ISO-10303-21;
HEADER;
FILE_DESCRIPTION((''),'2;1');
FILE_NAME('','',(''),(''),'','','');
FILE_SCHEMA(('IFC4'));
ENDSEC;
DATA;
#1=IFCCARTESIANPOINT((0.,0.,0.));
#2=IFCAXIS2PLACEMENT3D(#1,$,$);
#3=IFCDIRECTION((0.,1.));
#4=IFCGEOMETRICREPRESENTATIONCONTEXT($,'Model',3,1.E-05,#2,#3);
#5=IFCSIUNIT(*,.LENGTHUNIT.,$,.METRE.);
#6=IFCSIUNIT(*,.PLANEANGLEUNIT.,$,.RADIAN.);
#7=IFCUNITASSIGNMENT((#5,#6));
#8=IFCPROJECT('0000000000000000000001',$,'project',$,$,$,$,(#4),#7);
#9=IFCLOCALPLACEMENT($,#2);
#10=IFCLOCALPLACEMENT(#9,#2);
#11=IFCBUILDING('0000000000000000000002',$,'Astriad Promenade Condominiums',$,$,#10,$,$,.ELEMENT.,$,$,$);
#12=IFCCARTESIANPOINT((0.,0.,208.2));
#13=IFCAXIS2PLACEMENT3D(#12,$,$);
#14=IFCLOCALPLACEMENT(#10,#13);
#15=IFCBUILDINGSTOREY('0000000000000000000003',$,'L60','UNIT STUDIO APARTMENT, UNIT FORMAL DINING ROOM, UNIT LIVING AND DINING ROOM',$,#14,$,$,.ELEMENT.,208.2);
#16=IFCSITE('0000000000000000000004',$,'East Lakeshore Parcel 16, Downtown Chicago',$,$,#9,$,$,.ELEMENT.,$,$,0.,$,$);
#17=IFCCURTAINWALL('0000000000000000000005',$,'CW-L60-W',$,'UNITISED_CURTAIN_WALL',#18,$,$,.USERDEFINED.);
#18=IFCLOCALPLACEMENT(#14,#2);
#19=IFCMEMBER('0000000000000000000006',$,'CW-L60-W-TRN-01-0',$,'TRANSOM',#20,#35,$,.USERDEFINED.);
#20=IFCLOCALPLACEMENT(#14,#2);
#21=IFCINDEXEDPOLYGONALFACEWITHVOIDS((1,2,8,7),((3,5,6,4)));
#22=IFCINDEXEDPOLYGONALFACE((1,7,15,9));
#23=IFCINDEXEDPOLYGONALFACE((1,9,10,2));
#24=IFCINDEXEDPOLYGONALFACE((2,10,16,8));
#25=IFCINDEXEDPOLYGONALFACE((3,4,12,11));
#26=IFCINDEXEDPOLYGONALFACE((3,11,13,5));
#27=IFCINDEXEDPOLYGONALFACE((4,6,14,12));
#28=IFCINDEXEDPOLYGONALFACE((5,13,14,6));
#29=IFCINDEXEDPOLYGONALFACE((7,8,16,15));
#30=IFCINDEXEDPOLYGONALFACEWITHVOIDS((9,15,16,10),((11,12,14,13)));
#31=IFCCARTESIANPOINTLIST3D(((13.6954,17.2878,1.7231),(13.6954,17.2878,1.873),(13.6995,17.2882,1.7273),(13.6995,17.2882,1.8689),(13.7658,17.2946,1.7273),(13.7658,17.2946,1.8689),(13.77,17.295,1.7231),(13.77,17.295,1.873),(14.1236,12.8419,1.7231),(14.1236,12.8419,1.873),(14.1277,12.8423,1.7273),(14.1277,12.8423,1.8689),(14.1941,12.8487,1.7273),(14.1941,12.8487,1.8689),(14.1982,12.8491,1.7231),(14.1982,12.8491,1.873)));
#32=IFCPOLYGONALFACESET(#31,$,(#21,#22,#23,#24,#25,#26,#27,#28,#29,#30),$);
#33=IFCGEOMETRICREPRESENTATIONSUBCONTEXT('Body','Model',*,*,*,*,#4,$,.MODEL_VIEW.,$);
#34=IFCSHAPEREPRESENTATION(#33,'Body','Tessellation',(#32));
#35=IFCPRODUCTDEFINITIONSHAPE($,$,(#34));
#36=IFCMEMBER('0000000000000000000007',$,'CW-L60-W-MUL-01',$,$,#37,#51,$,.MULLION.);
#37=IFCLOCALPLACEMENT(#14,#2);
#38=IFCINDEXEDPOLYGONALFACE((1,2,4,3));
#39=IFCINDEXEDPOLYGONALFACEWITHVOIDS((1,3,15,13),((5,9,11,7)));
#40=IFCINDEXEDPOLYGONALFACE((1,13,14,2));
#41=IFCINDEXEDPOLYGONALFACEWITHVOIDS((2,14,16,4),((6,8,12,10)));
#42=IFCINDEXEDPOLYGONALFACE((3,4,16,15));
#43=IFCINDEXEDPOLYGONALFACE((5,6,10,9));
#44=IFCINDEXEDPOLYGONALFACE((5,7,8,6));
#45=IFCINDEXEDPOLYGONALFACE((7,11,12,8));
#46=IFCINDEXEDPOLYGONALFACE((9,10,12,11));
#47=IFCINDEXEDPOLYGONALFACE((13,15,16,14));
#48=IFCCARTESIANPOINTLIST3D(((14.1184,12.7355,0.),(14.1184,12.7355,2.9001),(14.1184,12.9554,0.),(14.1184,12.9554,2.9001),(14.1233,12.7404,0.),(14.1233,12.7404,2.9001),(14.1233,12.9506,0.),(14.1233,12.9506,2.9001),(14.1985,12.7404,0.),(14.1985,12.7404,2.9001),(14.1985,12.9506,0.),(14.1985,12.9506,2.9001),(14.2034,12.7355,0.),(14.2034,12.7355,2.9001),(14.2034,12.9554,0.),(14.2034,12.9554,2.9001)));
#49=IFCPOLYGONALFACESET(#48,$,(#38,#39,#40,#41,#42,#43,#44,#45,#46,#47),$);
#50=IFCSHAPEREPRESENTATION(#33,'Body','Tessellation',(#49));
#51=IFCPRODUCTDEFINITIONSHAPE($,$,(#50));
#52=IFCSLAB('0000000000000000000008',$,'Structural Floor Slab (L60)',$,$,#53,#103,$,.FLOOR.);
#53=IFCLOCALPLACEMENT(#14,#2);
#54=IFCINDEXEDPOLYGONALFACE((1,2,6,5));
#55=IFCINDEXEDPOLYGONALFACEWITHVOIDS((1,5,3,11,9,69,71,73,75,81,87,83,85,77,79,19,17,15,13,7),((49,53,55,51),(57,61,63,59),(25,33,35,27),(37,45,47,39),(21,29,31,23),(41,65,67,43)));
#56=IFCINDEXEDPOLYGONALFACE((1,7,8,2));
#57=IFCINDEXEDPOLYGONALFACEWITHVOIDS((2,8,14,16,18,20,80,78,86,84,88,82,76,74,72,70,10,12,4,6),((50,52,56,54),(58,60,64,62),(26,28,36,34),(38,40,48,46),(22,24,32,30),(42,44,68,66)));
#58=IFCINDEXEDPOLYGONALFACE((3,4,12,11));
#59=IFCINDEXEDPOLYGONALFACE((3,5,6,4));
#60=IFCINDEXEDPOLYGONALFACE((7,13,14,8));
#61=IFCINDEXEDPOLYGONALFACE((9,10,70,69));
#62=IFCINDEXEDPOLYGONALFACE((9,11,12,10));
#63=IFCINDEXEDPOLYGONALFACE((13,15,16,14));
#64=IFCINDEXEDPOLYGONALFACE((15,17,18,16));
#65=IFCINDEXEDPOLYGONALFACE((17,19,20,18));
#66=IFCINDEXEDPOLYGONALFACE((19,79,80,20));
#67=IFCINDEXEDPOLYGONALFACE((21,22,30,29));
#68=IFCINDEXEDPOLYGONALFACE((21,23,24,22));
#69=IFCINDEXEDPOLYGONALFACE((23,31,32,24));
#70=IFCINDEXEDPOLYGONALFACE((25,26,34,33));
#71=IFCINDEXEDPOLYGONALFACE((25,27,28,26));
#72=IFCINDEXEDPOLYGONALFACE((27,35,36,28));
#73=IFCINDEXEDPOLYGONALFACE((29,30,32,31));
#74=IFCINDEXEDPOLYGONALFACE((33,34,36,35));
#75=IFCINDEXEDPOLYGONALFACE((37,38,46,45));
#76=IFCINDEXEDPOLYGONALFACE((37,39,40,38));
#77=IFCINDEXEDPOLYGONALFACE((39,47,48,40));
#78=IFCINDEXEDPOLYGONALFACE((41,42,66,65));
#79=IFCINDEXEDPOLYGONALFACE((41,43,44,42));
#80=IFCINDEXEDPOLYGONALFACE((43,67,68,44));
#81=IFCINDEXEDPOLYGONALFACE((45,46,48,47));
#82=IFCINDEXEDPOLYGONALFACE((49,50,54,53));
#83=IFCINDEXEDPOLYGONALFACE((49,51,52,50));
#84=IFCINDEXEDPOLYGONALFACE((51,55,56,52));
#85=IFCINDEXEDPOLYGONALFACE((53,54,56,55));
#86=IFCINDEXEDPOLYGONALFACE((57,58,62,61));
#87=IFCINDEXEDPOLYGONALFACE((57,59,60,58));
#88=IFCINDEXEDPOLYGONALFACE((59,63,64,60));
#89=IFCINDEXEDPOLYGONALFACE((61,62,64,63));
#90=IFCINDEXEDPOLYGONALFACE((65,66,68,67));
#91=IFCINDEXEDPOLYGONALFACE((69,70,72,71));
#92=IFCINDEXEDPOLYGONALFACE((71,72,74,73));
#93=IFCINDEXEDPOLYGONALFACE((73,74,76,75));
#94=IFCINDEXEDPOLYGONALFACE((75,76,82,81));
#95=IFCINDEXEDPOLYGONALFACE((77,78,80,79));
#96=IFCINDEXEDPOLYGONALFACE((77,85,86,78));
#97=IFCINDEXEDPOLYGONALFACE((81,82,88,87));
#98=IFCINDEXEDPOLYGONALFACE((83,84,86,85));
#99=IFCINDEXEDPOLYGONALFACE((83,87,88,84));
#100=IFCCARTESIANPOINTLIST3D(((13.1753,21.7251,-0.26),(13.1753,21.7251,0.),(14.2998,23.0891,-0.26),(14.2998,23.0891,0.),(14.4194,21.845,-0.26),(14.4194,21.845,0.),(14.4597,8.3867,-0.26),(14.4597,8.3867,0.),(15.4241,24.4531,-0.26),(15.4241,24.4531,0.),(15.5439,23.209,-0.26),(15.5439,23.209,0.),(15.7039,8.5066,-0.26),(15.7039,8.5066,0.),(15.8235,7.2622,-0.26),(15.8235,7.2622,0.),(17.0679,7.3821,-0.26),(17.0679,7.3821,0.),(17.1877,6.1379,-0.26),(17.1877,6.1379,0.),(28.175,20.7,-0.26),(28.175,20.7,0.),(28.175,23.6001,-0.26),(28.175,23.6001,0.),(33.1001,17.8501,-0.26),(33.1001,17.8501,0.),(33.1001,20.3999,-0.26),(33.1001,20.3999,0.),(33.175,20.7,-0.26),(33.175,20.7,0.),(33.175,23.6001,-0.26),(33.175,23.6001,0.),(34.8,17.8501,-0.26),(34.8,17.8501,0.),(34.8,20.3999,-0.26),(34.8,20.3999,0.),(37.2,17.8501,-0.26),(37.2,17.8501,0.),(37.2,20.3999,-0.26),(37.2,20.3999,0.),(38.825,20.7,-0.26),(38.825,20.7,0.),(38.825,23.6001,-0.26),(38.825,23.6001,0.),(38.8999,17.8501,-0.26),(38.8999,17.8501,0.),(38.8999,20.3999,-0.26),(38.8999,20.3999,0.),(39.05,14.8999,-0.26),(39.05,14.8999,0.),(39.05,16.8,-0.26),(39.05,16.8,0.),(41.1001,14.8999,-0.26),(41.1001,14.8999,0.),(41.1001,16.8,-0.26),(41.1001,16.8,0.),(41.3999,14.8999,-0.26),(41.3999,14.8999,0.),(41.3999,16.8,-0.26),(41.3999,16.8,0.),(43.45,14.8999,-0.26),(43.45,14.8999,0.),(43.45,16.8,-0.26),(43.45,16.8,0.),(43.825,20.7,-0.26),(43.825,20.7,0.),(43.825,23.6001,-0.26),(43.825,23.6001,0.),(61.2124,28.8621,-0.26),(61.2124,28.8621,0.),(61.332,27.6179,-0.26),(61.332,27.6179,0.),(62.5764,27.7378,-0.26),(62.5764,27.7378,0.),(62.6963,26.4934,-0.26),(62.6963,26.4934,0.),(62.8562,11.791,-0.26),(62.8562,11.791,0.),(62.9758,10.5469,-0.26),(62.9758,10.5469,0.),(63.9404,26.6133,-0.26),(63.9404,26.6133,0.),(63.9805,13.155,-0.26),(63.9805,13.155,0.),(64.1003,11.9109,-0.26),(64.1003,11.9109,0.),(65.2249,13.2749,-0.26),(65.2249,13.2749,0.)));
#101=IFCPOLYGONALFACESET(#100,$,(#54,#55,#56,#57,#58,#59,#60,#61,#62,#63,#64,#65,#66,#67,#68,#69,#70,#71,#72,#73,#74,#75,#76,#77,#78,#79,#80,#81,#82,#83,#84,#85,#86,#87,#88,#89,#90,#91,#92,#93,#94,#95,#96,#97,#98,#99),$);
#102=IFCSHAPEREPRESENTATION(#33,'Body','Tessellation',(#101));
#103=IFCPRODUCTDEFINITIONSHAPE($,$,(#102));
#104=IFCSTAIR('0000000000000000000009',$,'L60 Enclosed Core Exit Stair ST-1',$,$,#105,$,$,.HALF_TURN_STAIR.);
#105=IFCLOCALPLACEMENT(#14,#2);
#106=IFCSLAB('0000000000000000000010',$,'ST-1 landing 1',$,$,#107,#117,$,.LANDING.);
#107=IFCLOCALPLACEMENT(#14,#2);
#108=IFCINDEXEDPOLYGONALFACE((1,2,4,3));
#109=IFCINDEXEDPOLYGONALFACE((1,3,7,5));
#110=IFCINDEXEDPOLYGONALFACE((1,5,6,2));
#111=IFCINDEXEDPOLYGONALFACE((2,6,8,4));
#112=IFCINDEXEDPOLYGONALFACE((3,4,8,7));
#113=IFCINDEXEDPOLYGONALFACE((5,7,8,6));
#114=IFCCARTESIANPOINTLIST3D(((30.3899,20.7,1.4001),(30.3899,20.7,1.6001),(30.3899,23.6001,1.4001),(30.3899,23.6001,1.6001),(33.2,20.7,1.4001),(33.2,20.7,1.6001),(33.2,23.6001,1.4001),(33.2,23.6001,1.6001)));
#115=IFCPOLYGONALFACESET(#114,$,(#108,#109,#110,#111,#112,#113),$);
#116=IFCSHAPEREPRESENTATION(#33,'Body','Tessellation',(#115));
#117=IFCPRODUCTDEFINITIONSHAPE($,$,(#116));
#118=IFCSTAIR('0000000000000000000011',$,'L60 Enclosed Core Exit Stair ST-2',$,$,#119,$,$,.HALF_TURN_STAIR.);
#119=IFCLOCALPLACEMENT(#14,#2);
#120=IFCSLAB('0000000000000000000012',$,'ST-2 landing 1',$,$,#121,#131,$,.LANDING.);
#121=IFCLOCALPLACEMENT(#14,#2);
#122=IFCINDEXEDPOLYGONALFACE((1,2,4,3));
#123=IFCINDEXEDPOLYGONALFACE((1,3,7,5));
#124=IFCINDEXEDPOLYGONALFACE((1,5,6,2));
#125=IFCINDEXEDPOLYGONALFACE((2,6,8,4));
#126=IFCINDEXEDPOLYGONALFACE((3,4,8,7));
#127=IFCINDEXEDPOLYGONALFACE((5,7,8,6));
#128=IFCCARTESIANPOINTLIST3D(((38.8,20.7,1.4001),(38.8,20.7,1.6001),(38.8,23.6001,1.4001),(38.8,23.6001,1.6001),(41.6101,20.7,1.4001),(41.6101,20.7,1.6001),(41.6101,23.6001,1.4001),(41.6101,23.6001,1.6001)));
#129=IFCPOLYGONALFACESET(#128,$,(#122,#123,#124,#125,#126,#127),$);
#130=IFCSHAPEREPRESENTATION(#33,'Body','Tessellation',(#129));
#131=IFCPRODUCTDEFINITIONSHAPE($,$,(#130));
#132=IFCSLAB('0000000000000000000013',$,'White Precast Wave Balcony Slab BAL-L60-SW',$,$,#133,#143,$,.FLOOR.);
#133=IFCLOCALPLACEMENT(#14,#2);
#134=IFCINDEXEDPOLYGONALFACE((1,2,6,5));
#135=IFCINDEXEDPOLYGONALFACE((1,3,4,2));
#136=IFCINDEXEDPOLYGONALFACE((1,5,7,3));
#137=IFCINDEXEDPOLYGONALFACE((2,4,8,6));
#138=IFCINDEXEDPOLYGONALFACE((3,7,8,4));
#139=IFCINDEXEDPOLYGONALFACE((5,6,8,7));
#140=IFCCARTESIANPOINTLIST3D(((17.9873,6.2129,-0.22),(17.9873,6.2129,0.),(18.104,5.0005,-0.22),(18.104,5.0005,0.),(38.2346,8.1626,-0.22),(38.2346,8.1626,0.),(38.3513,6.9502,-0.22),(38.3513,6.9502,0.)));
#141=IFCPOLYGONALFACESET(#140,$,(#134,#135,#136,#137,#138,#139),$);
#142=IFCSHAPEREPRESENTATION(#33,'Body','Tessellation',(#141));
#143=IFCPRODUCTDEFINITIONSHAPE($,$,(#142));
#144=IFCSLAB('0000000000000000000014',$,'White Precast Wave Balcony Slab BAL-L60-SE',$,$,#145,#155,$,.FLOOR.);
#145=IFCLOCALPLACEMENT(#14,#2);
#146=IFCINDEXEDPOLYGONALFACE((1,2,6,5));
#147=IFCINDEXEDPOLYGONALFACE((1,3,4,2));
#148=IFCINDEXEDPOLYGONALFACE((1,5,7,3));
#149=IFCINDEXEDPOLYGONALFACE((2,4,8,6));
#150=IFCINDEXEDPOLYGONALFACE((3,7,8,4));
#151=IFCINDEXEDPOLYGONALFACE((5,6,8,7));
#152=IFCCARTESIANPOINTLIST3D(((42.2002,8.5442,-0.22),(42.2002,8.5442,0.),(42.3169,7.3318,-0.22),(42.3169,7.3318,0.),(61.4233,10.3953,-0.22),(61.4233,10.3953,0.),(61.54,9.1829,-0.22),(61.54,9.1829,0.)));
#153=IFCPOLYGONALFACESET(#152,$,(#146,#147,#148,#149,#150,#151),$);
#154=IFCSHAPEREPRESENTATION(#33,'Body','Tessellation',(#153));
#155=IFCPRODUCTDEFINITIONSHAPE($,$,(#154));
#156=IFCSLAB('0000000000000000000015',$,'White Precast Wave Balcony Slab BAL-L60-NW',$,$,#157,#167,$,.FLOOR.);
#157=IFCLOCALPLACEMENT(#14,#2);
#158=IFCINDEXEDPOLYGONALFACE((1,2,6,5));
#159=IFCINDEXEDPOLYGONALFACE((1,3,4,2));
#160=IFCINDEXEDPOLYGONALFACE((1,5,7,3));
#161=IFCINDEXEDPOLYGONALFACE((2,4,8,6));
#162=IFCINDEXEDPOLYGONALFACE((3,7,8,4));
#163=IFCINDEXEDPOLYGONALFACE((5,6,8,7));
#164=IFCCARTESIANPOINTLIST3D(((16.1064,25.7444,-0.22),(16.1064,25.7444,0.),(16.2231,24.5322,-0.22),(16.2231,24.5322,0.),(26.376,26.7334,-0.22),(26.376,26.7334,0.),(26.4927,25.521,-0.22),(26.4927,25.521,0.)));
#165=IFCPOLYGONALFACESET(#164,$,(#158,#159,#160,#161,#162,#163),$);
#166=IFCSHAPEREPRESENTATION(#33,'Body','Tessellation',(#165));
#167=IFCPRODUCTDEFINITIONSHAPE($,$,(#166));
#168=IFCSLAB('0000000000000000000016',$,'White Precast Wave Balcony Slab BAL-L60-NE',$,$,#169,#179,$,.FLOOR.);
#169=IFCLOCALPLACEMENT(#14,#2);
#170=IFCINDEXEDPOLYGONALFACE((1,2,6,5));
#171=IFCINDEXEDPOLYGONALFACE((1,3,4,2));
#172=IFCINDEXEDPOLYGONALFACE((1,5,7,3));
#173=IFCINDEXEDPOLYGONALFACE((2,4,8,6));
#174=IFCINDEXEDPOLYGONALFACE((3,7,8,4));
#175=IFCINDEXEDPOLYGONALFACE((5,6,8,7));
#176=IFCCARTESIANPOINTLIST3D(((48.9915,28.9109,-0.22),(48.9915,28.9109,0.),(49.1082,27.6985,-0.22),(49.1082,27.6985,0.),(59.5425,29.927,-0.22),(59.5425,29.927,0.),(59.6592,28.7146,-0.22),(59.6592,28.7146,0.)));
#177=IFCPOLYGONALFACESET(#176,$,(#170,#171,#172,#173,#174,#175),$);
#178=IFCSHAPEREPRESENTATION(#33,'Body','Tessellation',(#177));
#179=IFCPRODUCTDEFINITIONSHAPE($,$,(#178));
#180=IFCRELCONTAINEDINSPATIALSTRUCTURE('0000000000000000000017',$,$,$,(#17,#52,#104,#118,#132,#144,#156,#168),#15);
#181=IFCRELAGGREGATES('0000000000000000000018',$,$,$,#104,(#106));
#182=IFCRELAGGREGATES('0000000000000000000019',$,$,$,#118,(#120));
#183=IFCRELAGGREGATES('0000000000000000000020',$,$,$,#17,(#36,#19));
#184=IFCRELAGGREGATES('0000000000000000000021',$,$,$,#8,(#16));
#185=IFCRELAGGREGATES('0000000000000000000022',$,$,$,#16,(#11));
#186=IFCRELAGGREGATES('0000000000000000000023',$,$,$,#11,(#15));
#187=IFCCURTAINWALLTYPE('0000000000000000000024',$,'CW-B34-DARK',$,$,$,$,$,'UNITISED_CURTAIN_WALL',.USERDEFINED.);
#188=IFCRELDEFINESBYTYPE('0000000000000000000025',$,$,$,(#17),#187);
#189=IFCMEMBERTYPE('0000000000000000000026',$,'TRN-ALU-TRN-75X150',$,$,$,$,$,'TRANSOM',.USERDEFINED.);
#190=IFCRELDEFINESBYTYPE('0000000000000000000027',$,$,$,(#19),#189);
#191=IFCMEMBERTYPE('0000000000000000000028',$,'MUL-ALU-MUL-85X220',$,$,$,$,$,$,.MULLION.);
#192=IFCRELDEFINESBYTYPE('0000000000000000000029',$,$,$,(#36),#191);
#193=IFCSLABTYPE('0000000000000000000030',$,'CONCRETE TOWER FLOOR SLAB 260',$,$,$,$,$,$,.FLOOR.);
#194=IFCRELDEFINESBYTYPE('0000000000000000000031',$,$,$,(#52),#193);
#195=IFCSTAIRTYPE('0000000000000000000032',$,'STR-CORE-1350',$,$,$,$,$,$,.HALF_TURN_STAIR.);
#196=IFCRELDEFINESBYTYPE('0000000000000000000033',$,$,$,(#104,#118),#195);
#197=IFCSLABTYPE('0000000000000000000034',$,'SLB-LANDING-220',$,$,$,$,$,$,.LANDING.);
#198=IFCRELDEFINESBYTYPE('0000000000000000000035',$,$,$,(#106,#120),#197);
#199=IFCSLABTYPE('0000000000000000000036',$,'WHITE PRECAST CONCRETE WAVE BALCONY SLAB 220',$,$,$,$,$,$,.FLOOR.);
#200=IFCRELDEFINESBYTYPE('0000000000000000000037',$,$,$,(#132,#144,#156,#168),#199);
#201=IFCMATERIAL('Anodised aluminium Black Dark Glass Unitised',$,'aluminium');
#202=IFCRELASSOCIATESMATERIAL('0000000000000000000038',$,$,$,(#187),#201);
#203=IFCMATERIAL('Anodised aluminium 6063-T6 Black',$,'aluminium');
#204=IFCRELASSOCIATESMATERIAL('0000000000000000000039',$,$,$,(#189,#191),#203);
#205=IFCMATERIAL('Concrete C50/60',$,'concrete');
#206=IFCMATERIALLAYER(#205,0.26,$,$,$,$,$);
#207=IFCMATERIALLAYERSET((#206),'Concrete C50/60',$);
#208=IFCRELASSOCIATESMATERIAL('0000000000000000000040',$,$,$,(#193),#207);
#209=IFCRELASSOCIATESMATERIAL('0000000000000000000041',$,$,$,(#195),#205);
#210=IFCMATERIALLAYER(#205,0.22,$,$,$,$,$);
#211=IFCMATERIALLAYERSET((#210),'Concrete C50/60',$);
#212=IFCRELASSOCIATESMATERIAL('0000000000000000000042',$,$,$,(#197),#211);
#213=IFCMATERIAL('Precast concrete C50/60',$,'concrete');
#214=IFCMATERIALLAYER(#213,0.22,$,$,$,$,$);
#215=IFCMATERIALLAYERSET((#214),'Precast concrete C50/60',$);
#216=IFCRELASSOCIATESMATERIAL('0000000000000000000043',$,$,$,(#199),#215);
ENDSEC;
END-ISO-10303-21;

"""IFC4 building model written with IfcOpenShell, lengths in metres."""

from ifc_helpers import new_model, si_unit, direction, frame, origin, origin_2d, place, context, subcontext, project, spatial, polyline, hollow_rectangle, outline, extrude, source, transform, mapped, material, layer, layer_set, material_profile, profile_set, type_object, type_shapes, element, aggregate, save


model = new_model("IFC4")

# Units and contexts
model_context = context("Model", 3, precision=1e-05, world=origin(), true_north=direction((0.0, 1.0)))
body_context = subcontext(model_context, "Body", "Model", "MODEL_VIEW")
ifc_project = project(units=[si_unit("LENGTHUNIT", "METRE"), si_unit("PLANEANGLEUNIT", "RADIAN")], contexts=[model_context])

# Site, building, storey
site_placement = place(None, origin())
site = spatial("IfcSite", under=ifc_project, at=site_placement, Name="East Lakeshore Parcel 16, Downtown Chicago", CompositionType="ELEMENT", RefElevation=0.0)
building_placement = place(site_placement, origin())
building = spatial("IfcBuilding", under=site, at=building_placement, Name="Astriad Promenade Condominiums", CompositionType="ELEMENT")
storey_placement = place(building_placement, frame((0.0, 0.0, 208.2)))
storey = spatial("IfcBuildingStorey", under=building, at=storey_placement, Name="L60", Description="UNIT STUDIO APARTMENT, UNIT FORMAL DINING ROOM, UNIT LIVING AND DINING ROOM", CompositionType="ELEMENT", Elevation=208.2)

# Curtain wall, members
ifc_material_1 = material(Name="Anodised aluminium Black Dark Glass Unitised", Category="aluminium")
curtain_wall_type = type_object("IfcCurtainWallType", Name="CW-B34-DARK", ElementType="UNITISED_CURTAIN_WALL", PredefinedType="USERDEFINED", material=ifc_material_1)
curtain_wall_placement = place(storey_placement, origin())
curtain_wall = element("IfcCurtainWall", 1, at=curtain_wall_placement, inside=storey, type_object=curtain_wall_type, Name="CW-L60-W", ObjectType="UNITISED_CURTAIN_WALL", PredefinedType="USERDEFINED")
ifc_material_2 = material(Name="Anodised aluminium 6063-T6 Black", Category="aluminium")
ifc_material_profile_1 = material_profile(ifc_material_2, hollow_rectangle(XDim=0.075, YDim=0.1499, WallThickness=0.0042, at=origin_2d()), Name="ALU-TRN-75X150")
ifc_profile_set_1 = profile_set([ifc_material_profile_1], Name="Anodised aluminium 6063-T6 Black")
member_type_1 = type_object("IfcMemberType", Name="TRN-ALU-TRN-75X150", ElementType="TRANSOM", PredefinedType="USERDEFINED", material=ifc_profile_set_1)
shared_shape_1 = source(origin(), body_context, "Body", "SweptSolid", [
    extrude(hollow_rectangle(XDim=0.075, YDim=0.1499, WallThickness=0.0042, at=origin_2d()), origin(), (0.0, 0.0, 1.0), 4.4666),
])
type_shapes(member_type_1, [shared_shape_1])
member_1_placement = place(storey_placement, frame((14.1609, 12.8455, 1.7981), z_axis=(-0.095872, 0.995394, 0.0), x_axis=(-0.995394, -0.095872, 0.0)))
member_1 = element("IfcMember", 2, at=member_1_placement, type_object=member_type_1, Name="CW-L60-W-TRN-01-0", ObjectType="TRANSOM", PredefinedType="USERDEFINED", context=body_context, shape_type="MappedRepresentation", body=[
    mapped(shared_shape_1, transform((0.0, 0.0, 0.0), scale=1.0)),
])
ifc_material_profile_2 = material_profile(ifc_material_2, hollow_rectangle(XDim=0.085, YDim=0.22, WallThickness=0.0049, at=origin_2d()), Name="ALU-MUL-85X220")
ifc_profile_set_2 = profile_set([ifc_material_profile_2], Name="Anodised aluminium 6063-T6 Black")
member_type_2 = type_object("IfcMemberType", Name="MUL-ALU-MUL-85X220", PredefinedType="MULLION", material=ifc_profile_set_2)
shared_shape_2 = source(origin(), body_context, "Body", "SweptSolid", [
    extrude(hollow_rectangle(XDim=0.085, YDim=0.22, WallThickness=0.0049, at=origin_2d()), origin(), (0.0, 0.0, 1.0), 2.9001),
])
type_shapes(member_type_2, [shared_shape_2])
member_2_placement = place(storey_placement, frame((14.1609, 12.8455, 0.0), z_axis=(0.0, 0.0, 1.0), x_axis=(1.0, 0.0, 0.0)))
member_2 = element("IfcMember", 3, at=member_2_placement, type_object=member_type_2, Name="CW-L60-W-MUL-01", PredefinedType="MULLION", context=body_context, shape_type="MappedRepresentation", body=[
    mapped(shared_shape_2, transform((0.0, 0.0, 0.0), scale=1.0)),
])

# Slab
ifc_material_3 = material(Name="Concrete C50/60", Category="concrete")
ifc_layer_1 = layer(ifc_material_3, 0.26)
ifc_layer_set_1 = layer_set([ifc_layer_1], Name="Concrete C50/60")
slab_type_1 = type_object("IfcSlabType", Name="CONCRETE TOWER FLOOR SLAB 260", PredefinedType="FLOOR", material=ifc_layer_set_1)
slab_1_placement = place(storey_placement, frame((0.0, 0.0, -0.26)))
element("IfcSlab", 4, at=slab_1_placement, inside=storey, type_object=slab_type_1, Name="Structural Floor Slab (L60)", PredefinedType="FLOOR", context=body_context, shape_type="SweptSolid", body=[
    extrude(outline(polyline([(17.1877, 6.1379), (62.9758, 10.5469), (62.8562, 11.791), (64.1003, 11.9109), (63.9805, 13.155), (65.2249, 13.2749), (63.9404, 26.6133), (62.6963, 26.4934), (62.5764, 27.7378), (61.332, 27.6179), (61.2124, 28.8621), (15.4241, 24.4531), (15.5439, 23.209), (14.2998, 23.0891), (14.4194, 21.845), (13.1753, 21.7251), (14.4597, 8.3867), (15.7039, 8.5066), (15.8235, 7.2622), (17.0679, 7.3821), (17.1877, 6.1379)]), holes=[polyline([(28.175, 20.7), (33.175, 20.7), (33.175, 23.6001), (28.175, 23.6001), (28.175, 20.7)]), polyline([(38.825, 20.7), (43.825, 20.7), (43.825, 23.6001), (38.825, 23.6001), (38.825, 20.7)]), polyline([(33.1001, 17.8501), (34.8, 17.8501), (34.8, 20.3999), (33.1001, 20.3999), (33.1001, 17.8501)]), polyline([(37.2, 17.8501), (38.8999, 17.8501), (38.8999, 20.3999), (37.2, 20.3999), (37.2, 17.8501)]), polyline([(39.05, 14.8999), (41.1001, 14.8999), (41.1001, 16.8), (39.05, 16.8), (39.05, 14.8999)]), polyline([(41.3999, 14.8999), (43.45, 14.8999), (43.45, 16.8), (41.3999, 16.8), (41.3999, 14.8999)])]), origin(), (0.0, 0.0, 1.0), 0.26),
])

# Stairs, slabs
stair_type = type_object("IfcStairType", Name="STR-CORE-1350", PredefinedType="HALF_TURN_STAIR", material=ifc_material_3)
stair_1_placement = place(storey_placement, origin())
stair_1 = element("IfcStair", 5, at=stair_1_placement, inside=storey, type_object=stair_type, Name="L60 Enclosed Core Exit Stair ST-1", PredefinedType="HALF_TURN_STAIR")
ifc_layer_2 = layer(ifc_material_3, 0.22)
ifc_layer_set_2 = layer_set([ifc_layer_2], Name="Concrete C50/60")
slab_type_2 = type_object("IfcSlabType", Name="SLB-LANDING-220", PredefinedType="LANDING", material=ifc_layer_set_2)
slab_2_placement = place(storey_placement, frame((0.0, 0.0, 1.4001)))
slab_2 = element("IfcSlab", 6, at=slab_2_placement, type_object=slab_type_2, Name="ST-1 landing 1", PredefinedType="LANDING", context=body_context, shape_type="SweptSolid", body=[
    extrude(outline(polyline([(30.3899, 20.7), (33.2, 20.7), (33.2, 23.6001), (30.3899, 23.6001), (30.3899, 20.7)])), origin(), (0.0, 0.0, 1.0), 0.2),
])
aggregate(stair_1, [slab_2])
stair_2_placement = place(storey_placement, origin())
stair_2 = element("IfcStair", 7, at=stair_2_placement, inside=storey, type_object=stair_type, Name="L60 Enclosed Core Exit Stair ST-2", PredefinedType="HALF_TURN_STAIR")
slab_3_placement = place(storey_placement, frame((0.0, 0.0, 1.4001)))
slab_3 = element("IfcSlab", 8, at=slab_3_placement, type_object=slab_type_2, Name="ST-2 landing 1", PredefinedType="LANDING", context=body_context, shape_type="SweptSolid", body=[
    extrude(outline(polyline([(41.6101, 23.6001), (38.8, 23.6001), (38.8, 20.7), (41.6101, 20.7), (41.6101, 23.6001)])), origin(), (0.0, 0.0, 1.0), 0.2),
])
aggregate(stair_2, [slab_3])

# Slabs
ifc_material_4 = material(Name="Precast concrete C50/60", Category="concrete")
ifc_layer_3 = layer(ifc_material_4, 0.22)
ifc_layer_set_3 = layer_set([ifc_layer_3], Name="Precast concrete C50/60")
slab_type_3 = type_object("IfcSlabType", Name="WHITE PRECAST CONCRETE WAVE BALCONY SLAB 220", PredefinedType="FLOOR", material=ifc_layer_set_3)
slab_4_placement = place(storey_placement, frame((0.0, 0.0, -0.22)))
element("IfcSlab", 9, at=slab_4_placement, inside=storey, type_object=slab_type_3, Name="White Precast Wave Balcony Slab BAL-L60-SW", PredefinedType="FLOOR", context=body_context, shape_type="SweptSolid", body=[
    extrude(outline(polyline([(38.3513, 6.9502), (18.104, 5.0005), (17.9873, 6.2129), (38.2346, 8.1626), (38.3513, 6.9502)])), origin(), (0.0, 0.0, 1.0), 0.22),
])
slab_5_placement = place(storey_placement, frame((0.0, 0.0, -0.22)))
element("IfcSlab", 10, at=slab_5_placement, inside=storey, type_object=slab_type_3, Name="White Precast Wave Balcony Slab BAL-L60-SE", PredefinedType="FLOOR", context=body_context, shape_type="SweptSolid", body=[
    extrude(outline(polyline([(61.54, 9.1829), (42.3169, 7.3318), (42.2002, 8.5442), (61.4233, 10.3953), (61.54, 9.1829)])), origin(), (0.0, 0.0, 1.0), 0.22),
])
slab_6_placement = place(storey_placement, frame((0.0, 0.0, -0.22)))
element("IfcSlab", 11, at=slab_6_placement, inside=storey, type_object=slab_type_3, Name="White Precast Wave Balcony Slab BAL-L60-NW", PredefinedType="FLOOR", context=body_context, shape_type="SweptSolid", body=[
    extrude(outline(polyline([(16.1064, 25.7444), (26.376, 26.7334), (26.4927, 25.521), (16.2231, 24.5322), (16.1064, 25.7444)])), origin(), (0.0, 0.0, 1.0), 0.22),
])
slab_7_placement = place(storey_placement, frame((0.0, 0.0, -0.22)))
element("IfcSlab", 12, at=slab_7_placement, inside=storey, type_object=slab_type_3, Name="White Precast Wave Balcony Slab BAL-L60-NE", PredefinedType="FLOOR", context=body_context, shape_type="SweptSolid", body=[
    extrude(outline(polyline([(48.9915, 28.9109), (59.5425, 29.927), (59.6592, 28.7146), (49.1082, 27.6985), (48.9915, 28.9109)])), origin(), (0.0, 0.0, 1.0), 0.22),
])

aggregate(curtain_wall, [member_2, member_1])

save(model, "model.ifc")
